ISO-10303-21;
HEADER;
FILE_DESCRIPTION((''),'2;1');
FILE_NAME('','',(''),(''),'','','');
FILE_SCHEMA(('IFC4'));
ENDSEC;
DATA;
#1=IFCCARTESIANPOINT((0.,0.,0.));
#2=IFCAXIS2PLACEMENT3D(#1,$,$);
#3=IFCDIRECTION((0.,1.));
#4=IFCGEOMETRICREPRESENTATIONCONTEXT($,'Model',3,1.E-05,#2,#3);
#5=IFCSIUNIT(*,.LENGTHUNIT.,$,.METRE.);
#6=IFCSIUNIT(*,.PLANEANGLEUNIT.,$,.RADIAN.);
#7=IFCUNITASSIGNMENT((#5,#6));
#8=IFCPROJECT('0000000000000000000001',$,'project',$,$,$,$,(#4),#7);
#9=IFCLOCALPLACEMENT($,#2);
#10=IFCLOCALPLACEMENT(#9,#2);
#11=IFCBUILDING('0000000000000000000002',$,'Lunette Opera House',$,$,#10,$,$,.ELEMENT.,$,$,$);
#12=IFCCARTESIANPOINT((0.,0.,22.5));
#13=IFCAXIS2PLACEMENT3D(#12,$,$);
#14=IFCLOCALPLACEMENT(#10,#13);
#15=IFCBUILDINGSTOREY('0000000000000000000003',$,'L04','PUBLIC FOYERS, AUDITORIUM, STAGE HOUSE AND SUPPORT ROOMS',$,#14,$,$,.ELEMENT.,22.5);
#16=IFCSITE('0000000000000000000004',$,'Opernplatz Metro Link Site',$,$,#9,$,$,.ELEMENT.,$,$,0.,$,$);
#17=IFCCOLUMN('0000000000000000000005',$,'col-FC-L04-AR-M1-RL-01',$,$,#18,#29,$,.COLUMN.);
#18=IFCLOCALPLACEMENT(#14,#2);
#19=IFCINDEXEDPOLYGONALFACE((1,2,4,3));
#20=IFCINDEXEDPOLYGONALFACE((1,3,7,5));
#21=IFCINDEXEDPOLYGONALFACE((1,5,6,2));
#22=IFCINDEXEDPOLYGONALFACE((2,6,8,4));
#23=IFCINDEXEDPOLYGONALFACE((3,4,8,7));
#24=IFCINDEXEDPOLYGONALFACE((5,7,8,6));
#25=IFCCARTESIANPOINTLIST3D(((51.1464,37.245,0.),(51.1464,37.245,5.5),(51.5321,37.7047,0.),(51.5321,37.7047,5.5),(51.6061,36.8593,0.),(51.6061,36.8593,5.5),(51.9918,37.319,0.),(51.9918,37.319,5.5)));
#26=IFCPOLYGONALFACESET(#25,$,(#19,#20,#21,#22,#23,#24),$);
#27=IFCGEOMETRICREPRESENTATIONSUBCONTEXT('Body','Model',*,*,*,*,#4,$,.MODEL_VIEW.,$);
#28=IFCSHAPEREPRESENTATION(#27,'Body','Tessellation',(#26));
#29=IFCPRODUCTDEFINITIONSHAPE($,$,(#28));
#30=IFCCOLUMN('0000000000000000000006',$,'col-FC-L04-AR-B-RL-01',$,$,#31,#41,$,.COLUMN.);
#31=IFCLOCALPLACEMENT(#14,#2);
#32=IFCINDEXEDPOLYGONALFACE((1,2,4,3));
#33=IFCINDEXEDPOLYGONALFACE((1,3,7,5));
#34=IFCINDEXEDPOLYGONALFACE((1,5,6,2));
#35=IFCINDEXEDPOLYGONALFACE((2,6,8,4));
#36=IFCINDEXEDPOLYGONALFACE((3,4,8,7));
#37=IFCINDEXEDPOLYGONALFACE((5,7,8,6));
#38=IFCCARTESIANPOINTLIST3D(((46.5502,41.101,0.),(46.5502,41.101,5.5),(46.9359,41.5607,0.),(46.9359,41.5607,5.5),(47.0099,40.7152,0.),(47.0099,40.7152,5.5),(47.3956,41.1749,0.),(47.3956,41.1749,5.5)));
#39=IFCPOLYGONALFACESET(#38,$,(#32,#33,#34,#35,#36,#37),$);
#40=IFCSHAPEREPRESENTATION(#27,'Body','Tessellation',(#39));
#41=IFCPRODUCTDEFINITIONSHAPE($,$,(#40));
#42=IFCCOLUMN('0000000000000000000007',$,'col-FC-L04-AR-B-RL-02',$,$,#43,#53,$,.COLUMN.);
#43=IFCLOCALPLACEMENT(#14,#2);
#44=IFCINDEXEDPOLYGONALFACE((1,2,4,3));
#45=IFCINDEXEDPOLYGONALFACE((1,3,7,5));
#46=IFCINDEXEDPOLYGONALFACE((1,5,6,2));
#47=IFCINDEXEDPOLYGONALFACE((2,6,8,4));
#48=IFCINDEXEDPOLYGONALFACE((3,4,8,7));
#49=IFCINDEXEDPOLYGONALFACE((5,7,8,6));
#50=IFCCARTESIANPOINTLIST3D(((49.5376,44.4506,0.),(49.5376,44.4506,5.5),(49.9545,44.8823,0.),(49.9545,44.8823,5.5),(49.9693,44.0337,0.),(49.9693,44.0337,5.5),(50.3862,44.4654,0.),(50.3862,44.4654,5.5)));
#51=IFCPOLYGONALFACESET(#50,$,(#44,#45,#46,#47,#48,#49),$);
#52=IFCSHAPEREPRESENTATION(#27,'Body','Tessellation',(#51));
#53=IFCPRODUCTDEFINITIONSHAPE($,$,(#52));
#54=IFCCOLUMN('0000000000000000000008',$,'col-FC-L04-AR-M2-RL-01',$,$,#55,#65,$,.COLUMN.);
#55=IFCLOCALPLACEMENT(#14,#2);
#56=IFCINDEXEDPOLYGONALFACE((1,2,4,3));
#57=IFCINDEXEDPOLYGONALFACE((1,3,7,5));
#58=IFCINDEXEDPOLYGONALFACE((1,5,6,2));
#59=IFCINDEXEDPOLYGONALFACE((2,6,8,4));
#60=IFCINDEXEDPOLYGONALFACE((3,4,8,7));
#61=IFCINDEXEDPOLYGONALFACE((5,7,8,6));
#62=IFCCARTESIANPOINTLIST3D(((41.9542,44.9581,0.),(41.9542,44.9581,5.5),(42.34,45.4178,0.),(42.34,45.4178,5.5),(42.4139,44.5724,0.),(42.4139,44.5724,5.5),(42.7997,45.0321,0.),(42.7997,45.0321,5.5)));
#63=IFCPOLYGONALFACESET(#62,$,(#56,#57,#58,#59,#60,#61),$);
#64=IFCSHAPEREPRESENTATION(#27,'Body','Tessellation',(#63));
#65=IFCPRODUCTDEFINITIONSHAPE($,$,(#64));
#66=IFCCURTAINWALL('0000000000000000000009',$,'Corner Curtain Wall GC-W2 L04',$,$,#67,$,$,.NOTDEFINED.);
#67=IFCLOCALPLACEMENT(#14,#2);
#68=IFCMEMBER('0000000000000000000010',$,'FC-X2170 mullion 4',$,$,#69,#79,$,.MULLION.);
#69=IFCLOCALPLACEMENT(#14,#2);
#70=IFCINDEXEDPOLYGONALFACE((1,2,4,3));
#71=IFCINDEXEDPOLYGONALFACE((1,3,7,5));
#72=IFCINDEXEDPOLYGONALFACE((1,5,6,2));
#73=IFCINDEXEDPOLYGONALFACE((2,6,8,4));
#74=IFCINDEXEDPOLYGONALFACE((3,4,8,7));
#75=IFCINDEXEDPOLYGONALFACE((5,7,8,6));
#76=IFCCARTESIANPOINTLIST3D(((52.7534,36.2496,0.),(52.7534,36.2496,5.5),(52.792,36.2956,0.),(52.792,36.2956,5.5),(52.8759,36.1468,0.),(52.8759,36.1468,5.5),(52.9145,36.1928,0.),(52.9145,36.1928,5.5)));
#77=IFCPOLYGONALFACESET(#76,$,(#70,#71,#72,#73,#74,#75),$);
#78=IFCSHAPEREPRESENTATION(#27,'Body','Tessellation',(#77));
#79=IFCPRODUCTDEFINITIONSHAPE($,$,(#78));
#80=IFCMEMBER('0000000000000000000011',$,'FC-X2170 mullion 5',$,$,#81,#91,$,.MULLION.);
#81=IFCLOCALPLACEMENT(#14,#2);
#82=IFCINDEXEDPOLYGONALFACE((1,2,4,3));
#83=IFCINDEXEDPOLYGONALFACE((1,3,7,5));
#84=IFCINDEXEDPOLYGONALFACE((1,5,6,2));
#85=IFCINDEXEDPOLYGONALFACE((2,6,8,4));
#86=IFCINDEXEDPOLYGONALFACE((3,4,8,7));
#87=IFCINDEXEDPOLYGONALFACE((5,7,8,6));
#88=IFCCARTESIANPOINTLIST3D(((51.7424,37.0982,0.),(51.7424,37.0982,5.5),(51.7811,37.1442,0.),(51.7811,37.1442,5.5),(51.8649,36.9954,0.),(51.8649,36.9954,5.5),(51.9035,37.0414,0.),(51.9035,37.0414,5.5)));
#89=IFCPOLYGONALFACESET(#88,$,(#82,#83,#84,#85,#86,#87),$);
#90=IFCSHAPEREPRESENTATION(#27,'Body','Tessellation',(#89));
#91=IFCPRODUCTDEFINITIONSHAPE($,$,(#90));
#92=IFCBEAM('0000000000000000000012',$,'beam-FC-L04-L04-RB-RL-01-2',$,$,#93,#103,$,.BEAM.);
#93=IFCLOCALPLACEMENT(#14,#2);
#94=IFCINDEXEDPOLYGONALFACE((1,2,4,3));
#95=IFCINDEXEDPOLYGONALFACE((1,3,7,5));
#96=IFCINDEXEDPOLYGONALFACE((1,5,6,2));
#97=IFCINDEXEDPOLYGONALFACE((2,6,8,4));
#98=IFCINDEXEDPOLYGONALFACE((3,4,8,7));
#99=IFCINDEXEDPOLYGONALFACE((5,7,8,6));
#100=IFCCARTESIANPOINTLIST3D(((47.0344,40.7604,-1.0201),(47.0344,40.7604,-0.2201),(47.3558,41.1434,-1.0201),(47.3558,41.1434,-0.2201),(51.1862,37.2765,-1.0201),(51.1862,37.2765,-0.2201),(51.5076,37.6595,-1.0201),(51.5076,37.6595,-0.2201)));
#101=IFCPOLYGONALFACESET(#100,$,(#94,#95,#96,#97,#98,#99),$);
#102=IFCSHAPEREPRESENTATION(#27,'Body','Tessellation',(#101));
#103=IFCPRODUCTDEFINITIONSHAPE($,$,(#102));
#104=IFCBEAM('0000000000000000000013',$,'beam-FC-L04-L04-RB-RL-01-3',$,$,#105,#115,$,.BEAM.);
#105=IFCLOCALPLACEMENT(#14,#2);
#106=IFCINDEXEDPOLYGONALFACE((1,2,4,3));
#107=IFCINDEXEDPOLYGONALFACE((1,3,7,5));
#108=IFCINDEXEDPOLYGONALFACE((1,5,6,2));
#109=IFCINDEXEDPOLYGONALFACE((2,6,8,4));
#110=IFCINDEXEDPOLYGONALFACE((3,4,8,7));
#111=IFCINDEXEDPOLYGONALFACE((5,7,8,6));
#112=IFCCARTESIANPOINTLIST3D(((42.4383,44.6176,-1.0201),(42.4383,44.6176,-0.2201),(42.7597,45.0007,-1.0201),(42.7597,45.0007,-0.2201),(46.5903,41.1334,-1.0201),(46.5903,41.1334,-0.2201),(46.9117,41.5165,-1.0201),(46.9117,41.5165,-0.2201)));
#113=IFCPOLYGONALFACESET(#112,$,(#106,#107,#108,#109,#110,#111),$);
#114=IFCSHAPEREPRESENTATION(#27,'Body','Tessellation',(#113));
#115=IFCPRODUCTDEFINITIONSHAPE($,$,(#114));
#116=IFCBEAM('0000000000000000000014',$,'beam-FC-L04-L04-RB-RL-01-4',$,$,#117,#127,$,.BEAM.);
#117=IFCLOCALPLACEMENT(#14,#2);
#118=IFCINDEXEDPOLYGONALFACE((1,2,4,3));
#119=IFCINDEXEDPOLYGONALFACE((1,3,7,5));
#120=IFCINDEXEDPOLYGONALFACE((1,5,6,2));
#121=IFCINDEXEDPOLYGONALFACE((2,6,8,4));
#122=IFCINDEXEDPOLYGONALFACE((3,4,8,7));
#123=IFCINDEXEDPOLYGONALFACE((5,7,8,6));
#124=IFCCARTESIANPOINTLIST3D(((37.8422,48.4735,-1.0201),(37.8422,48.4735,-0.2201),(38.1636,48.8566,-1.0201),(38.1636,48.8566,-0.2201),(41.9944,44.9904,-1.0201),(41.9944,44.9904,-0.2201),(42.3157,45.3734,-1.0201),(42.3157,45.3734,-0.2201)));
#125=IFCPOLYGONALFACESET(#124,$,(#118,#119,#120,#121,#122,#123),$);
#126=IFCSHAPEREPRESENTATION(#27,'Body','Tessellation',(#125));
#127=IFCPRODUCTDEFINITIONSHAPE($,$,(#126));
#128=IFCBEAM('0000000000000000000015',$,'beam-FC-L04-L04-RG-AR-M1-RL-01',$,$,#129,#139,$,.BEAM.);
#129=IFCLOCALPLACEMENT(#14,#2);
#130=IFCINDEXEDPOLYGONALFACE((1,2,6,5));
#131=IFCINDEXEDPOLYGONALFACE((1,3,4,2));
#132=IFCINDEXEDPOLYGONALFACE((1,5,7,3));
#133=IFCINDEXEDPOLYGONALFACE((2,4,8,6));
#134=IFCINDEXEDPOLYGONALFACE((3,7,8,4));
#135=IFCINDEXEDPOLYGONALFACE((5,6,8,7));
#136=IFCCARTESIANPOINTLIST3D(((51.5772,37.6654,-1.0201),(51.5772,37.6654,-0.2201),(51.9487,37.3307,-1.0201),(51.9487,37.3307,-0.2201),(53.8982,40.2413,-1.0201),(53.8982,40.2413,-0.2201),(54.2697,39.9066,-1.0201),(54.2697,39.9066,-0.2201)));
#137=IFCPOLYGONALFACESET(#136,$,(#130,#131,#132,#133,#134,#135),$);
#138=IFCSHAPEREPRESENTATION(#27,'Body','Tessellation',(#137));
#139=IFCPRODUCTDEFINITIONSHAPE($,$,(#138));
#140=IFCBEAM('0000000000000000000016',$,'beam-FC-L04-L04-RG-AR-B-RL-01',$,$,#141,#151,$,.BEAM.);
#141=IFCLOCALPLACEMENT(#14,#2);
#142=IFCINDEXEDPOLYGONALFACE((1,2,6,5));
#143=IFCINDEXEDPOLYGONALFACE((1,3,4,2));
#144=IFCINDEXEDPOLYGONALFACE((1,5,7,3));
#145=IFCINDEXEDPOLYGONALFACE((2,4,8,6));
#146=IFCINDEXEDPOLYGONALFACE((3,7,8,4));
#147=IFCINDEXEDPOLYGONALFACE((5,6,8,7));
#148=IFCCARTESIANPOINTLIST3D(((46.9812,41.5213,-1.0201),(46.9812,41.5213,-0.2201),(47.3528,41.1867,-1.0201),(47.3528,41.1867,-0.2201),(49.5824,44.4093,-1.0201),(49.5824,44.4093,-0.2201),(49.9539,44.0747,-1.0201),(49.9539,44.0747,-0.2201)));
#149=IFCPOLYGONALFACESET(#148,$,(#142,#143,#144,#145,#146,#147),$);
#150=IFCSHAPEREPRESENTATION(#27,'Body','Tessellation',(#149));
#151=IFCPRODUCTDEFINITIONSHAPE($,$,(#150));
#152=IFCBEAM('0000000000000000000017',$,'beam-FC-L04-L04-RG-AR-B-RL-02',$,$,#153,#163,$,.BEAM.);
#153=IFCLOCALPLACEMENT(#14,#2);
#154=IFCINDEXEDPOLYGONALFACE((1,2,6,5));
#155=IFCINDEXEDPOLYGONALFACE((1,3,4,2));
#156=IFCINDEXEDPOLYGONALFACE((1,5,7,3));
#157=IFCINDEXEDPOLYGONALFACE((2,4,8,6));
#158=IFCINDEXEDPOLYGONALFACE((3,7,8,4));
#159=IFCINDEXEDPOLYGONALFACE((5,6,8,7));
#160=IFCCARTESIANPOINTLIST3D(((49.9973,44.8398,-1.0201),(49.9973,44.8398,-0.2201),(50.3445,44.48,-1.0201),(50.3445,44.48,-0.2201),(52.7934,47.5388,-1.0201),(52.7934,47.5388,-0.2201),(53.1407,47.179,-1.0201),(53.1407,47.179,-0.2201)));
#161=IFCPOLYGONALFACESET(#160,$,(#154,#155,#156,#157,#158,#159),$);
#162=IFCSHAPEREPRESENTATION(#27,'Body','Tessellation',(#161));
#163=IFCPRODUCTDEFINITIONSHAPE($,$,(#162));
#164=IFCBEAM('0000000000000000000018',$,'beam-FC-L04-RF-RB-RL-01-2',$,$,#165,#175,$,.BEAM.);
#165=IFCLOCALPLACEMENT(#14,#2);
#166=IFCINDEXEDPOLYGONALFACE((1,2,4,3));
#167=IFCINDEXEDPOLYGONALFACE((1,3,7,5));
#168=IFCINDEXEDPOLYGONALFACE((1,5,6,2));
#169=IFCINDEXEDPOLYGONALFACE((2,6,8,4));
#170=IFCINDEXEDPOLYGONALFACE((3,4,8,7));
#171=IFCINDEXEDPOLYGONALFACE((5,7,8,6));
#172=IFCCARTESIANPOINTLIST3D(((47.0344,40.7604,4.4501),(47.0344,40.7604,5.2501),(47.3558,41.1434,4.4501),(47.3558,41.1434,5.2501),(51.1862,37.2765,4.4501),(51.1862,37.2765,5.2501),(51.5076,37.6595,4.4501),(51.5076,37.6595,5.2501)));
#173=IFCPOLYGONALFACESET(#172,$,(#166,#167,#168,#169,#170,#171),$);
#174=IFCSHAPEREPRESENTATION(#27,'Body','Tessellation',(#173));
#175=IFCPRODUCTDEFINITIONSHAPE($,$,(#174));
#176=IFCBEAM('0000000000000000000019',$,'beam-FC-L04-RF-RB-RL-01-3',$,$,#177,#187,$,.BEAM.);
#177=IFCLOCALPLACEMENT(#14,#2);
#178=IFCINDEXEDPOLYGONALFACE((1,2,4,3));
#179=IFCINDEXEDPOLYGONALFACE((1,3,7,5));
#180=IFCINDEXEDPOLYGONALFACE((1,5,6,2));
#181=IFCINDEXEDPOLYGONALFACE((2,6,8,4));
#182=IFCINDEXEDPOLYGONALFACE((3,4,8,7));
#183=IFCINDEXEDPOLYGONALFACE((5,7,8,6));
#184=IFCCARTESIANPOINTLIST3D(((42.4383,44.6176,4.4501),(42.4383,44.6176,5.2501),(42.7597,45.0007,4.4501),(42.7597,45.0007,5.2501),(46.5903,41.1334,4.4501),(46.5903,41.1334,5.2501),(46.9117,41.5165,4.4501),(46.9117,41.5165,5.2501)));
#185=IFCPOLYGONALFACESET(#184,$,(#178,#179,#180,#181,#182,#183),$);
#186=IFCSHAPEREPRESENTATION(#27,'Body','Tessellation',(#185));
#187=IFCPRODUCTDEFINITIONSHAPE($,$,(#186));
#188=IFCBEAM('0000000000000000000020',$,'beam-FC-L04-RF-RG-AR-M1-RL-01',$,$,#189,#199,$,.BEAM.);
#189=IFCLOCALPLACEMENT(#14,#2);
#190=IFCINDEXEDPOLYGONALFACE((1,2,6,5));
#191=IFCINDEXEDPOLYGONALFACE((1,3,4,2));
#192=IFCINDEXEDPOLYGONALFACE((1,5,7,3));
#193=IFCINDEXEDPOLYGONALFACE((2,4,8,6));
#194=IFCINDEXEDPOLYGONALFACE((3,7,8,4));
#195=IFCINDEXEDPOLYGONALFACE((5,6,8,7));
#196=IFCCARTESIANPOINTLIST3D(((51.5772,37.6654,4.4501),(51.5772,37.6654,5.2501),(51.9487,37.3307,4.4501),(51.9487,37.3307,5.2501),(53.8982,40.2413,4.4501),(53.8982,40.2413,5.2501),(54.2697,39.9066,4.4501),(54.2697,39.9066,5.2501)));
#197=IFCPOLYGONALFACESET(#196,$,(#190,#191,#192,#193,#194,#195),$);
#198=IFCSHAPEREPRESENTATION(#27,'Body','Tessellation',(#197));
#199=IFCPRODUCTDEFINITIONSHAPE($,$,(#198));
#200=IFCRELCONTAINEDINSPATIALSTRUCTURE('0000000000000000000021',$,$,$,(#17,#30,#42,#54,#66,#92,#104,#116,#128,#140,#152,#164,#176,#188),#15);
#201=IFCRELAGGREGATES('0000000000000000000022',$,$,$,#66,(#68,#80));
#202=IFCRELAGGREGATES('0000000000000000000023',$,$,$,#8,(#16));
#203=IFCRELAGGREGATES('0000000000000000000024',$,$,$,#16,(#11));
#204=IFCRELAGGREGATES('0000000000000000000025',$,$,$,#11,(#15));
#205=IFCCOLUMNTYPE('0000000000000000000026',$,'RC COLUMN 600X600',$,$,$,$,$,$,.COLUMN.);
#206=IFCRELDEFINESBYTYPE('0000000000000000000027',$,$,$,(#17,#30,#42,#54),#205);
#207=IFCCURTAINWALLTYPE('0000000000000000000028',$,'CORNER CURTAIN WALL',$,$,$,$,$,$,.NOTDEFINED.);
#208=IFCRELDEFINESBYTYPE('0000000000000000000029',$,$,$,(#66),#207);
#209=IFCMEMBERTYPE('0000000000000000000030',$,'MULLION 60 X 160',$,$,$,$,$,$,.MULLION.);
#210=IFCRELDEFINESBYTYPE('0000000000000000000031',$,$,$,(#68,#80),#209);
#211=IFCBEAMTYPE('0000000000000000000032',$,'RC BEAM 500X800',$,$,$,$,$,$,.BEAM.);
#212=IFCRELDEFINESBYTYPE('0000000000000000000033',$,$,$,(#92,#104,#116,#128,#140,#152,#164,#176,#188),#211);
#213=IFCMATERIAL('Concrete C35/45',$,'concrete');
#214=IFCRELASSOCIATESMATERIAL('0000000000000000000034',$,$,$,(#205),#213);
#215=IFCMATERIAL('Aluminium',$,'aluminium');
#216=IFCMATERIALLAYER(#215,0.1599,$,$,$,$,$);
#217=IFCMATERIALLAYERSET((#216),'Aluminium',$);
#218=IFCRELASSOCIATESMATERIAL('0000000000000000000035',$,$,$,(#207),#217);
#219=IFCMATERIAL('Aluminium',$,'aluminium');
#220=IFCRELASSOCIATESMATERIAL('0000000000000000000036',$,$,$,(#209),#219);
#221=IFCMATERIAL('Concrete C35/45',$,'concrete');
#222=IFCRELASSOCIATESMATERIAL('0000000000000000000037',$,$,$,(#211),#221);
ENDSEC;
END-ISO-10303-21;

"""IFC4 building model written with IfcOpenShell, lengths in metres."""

from ifc_helpers import new_model, si_unit, direction, frame, origin, origin_2d, place, context, subcontext, project, spatial, rectangle, extrude, material, layer, layer_set, material_profile, profile_set, type_object, element, aggregate, save


model = new_model("IFC4")

# Units and contexts
model_context = context("Model", 3, precision=1e-05, world=origin(), true_north=direction((0.0, 1.0)))
body_context = subcontext(model_context, "Body", "Model", "MODEL_VIEW")
ifc_project = project(units=[si_unit("LENGTHUNIT", "METRE"), si_unit("PLANEANGLEUNIT", "RADIAN")], contexts=[model_context])

# Site, building, storey
site_placement = place(None, origin())
site = spatial("IfcSite", under=ifc_project, at=site_placement, Name="Opernplatz Metro Link Site", CompositionType="ELEMENT", RefElevation=0.0)
building_placement = place(site_placement, origin())
building = spatial("IfcBuilding", under=site, at=building_placement, Name="Lunette Opera House", CompositionType="ELEMENT")
storey_placement = place(building_placement, frame((0.0, 0.0, 22.5)))
storey = spatial("IfcBuildingStorey", under=building, at=storey_placement, Name="L04", Description="PUBLIC FOYERS, AUDITORIUM, STAGE HOUSE AND SUPPORT ROOMS", CompositionType="ELEMENT", Elevation=22.5)

# Columns
ifc_material_1 = material(Name="Concrete C35/45", Category="concrete")
ifc_material_profile_1 = material_profile(ifc_material_1, rectangle(XDim=0.6001, YDim=0.6001, at=origin_2d()), Name="RC COLUMN 600X600")
ifc_profile_set_1 = profile_set([ifc_material_profile_1], Name="Concrete C35/45")
column_type = type_object("IfcColumnType", Name="RC COLUMN 600X600", PredefinedType="COLUMN", material=ifc_profile_set_1)
for number, where, z_axis, x_axis, name in (
    (1, (51.5691, 37.282, 0.0), (0.0, 0.0, 1.0), (0.642788, 0.766044, 0.0), "col-FC-L04-AR-M1-RL-01"),
    (2, (46.9729, 41.1379, 0.0), (0.0, 0.0, 1.0), (0.642788, 0.766044, 0.0), "col-FC-L04-AR-B-RL-01"),
    (3, (49.9619, 44.458, 0.0), (0.0, 0.0, 1.0), (0.694658, 0.71934, 0.0), "col-FC-L04-AR-B-RL-02"),
    (4, (42.377, 44.9951, 0.0), (0.0, 0.0, 1.0), (0.642788, 0.766044, 0.0), "col-FC-L04-AR-M2-RL-01"),
):
    element("IfcColumn", number, at=place(storey_placement, frame(where, z_axis=z_axis, x_axis=x_axis)), inside=storey, type_object=column_type, Name=name, PredefinedType="COLUMN", context=body_context, shape_type="SweptSolid", body=[
        extrude(rectangle(XDim=0.6001, YDim=0.6001, at=origin_2d()), origin(), (0.0, 0.0, 1.0), 5.5),
    ])

# Curtain wall, members
ifc_material_2 = material(Name="Aluminium", Category="aluminium")
ifc_layer_1 = layer(ifc_material_2, 0.1599)
ifc_layer_set_1 = layer_set([ifc_layer_1], Name="Aluminium")
curtain_wall_type = type_object("IfcCurtainWallType", Name="CORNER CURTAIN WALL", PredefinedType="NOTDEFINED", material=ifc_layer_set_1)
curtain_wall_placement = place(storey_placement, origin())
curtain_wall = element("IfcCurtainWall", 5, at=curtain_wall_placement, inside=storey, type_object=curtain_wall_type, Name="Corner Curtain Wall GC-W2 L04", PredefinedType="NOTDEFINED")
ifc_material_3 = material(Name="Aluminium", Category="aluminium")
ifc_material_profile_2 = material_profile(ifc_material_3, rectangle(XDim=0.0601, YDim=0.1599, at=origin_2d()), Name="MULLION 60 X 160")
ifc_profile_set_2 = profile_set([ifc_material_profile_2], Name="Aluminium")
member_type_1 = type_object("IfcMemberType", Name="MULLION 60 X 160", PredefinedType="MULLION", material=ifc_profile_set_2)
member_1_placement = place(storey_placement, frame((52.834, 36.2212, 0.0), z_axis=(0.0, 0.0, 1.0), x_axis=(-0.64284, -0.766, 0.0)))
member_1 = element("IfcMember", 6, at=member_1_placement, type_object=member_type_1, Name="FC-X2170 mullion 4", PredefinedType="MULLION", context=body_context, shape_type="SweptSolid", body=[
    extrude(rectangle(XDim=0.0601, YDim=0.1599, at=origin_2d()), origin(), (0.0, 0.0, 1.0), 5.5),
])
member_2_placement = place(storey_placement, frame((51.823, 37.0698, 0.0), z_axis=(0.0, 0.0, 1.0), x_axis=(-0.64284, -0.766, 0.0)))
member_2 = element("IfcMember", 7, at=member_2_placement, type_object=member_type_1, Name="FC-X2170 mullion 5", PredefinedType="MULLION", context=body_context, shape_type="SweptSolid", body=[
    extrude(rectangle(XDim=0.0601, YDim=0.1599, at=origin_2d()), origin(), (0.0, 0.0, 1.0), 5.5),
])

# Beams
ifc_material_4 = material(Name="Concrete C35/45", Category="concrete")
ifc_material_profile_3 = material_profile(ifc_material_4, rectangle(XDim=0.5, YDim=0.8, at=origin_2d()), Name="RC BEAM 500X800")
ifc_profile_set_3 = profile_set([ifc_material_profile_3], Name="Concrete C35/45")
beam_type = type_object("IfcBeamType", Name="RC BEAM 500X800", PredefinedType="BEAM", material=ifc_profile_set_3)
beam_1_placement = place(storey_placement, frame((51.3469, 37.468, -0.6201), z_axis=(-0.766038, 0.642795, 0.0), x_axis=(-0.642795, -0.766038, 0.0)))
element("IfcBeam", 8, at=beam_1_placement, inside=storey, type_object=beam_type, Name="beam-FC-L04-L04-RB-RL-01-2", PredefinedType="BEAM", context=body_context, shape_type="SweptSolid", body=[
    extrude(rectangle(XDim=0.5, YDim=0.8, at=origin_2d()), origin(), (0.0, 0.0, 1.0), 5.4199),
])
beam_2_placement = place(storey_placement, frame((46.751, 41.325, -0.6201), z_axis=(-0.766016, 0.642821, 0.0), x_axis=(-0.642821, -0.766016, 0.0)))
element("IfcBeam", 9, at=beam_2_placement, inside=storey, type_object=beam_type, Name="beam-FC-L04-L04-RB-RL-01-3", PredefinedType="BEAM", context=body_context, shape_type="SweptSolid", body=[
    extrude(rectangle(XDim=0.5, YDim=0.8, at=origin_2d()), origin(), (0.0, 0.0, 1.0), 5.4202),
])
beam_3_placement = place(storey_placement, frame((42.155, 45.1819, -0.6201), z_axis=(-0.766124, 0.642693, 0.0), x_axis=(-0.642693, -0.766124, 0.0)))
element("IfcBeam", 10, at=beam_3_placement, inside=storey, type_object=beam_type, Name="beam-FC-L04-L04-RB-RL-01-4", PredefinedType="BEAM", context=body_context, shape_type="SweptSolid", body=[
    extrude(rectangle(XDim=0.5, YDim=0.8, at=origin_2d()), origin(), (0.0, 0.0, 1.0), 5.4197),
])
beam_4_placement = place(storey_placement, frame((51.7629, 37.498, -0.6201), z_axis=(0.669396, 0.742905, 0.0), x_axis=(-0.742905, 0.669396, 0.0)))
element("IfcBeam", 11, at=beam_4_placement, inside=storey, type_object=beam_type, Name="beam-FC-L04-L04-RG-AR-M1-RL-01", PredefinedType="BEAM", context=body_context, shape_type="SweptSolid", body=[
    extrude(rectangle(XDim=0.5, YDim=0.8, at=origin_2d()), origin(), (0.0, 0.0, 1.0), 3.4673),
])
beam_5_placement = place(storey_placement, frame((47.167, 41.354, -0.6201), z_axis=(0.669239, 0.743047, 0.0), x_axis=(-0.743047, 0.669239, 0.0)))
element("IfcBeam", 12, at=beam_5_placement, inside=storey, type_object=beam_type, Name="beam-FC-L04-L04-RG-AR-B-RL-01", PredefinedType="BEAM", context=body_context, shape_type="SweptSolid", body=[
    extrude(rectangle(XDim=0.5, YDim=0.8, at=origin_2d()), origin(), (0.0, 0.0, 1.0), 3.8867),
])
beam_6_placement = place(storey_placement, frame((50.1709, 44.6599, -0.6201), z_axis=(0.719498, 0.694495, 0.0), x_axis=(-0.694495, 0.719498, 0.0)))
element("IfcBeam", 13, at=beam_6_placement, inside=storey, type_object=beam_type, Name="beam-FC-L04-L04-RG-AR-B-RL-02", PredefinedType="BEAM", context=body_context, shape_type="SweptSolid", body=[
    extrude(rectangle(XDim=0.5, YDim=0.8, at=origin_2d()), origin(), (0.0, 0.0, 1.0), 3.8862),
])
beam_7_placement = place(storey_placement, frame((51.3469, 37.468, 4.8501), z_axis=(-0.766038, 0.642795, 0.0), x_axis=(-0.642795, -0.766038, 0.0)))
element("IfcBeam", 14, at=beam_7_placement, inside=storey, type_object=beam_type, Name="beam-FC-L04-RF-RB-RL-01-2", PredefinedType="BEAM", context=body_context, shape_type="SweptSolid", body=[
    extrude(rectangle(XDim=0.5, YDim=0.8, at=origin_2d()), origin(), (0.0, 0.0, 1.0), 5.4199),
])
beam_8_placement = place(storey_placement, frame((46.751, 41.325, 4.8501), z_axis=(-0.766016, 0.642821, 0.0), x_axis=(-0.642821, -0.766016, 0.0)))
element("IfcBeam", 15, at=beam_8_placement, inside=storey, type_object=beam_type, Name="beam-FC-L04-RF-RB-RL-01-3", PredefinedType="BEAM", context=body_context, shape_type="SweptSolid", body=[
    extrude(rectangle(XDim=0.5, YDim=0.8, at=origin_2d()), origin(), (0.0, 0.0, 1.0), 5.4202),
])
beam_9_placement = place(storey_placement, frame((51.7629, 37.498, 4.8501), z_axis=(0.669396, 0.742905, 0.0), x_axis=(-0.742905, 0.669396, 0.0)))
element("IfcBeam", 16, at=beam_9_placement, inside=storey, type_object=beam_type, Name="beam-FC-L04-RF-RG-AR-M1-RL-01", PredefinedType="BEAM", context=body_context, shape_type="SweptSolid", body=[
    extrude(rectangle(XDim=0.5, YDim=0.8, at=origin_2d()), origin(), (0.0, 0.0, 1.0), 3.4673),
])

aggregate(curtain_wall, [member_1, member_2])

save(model, "model.ifc")
